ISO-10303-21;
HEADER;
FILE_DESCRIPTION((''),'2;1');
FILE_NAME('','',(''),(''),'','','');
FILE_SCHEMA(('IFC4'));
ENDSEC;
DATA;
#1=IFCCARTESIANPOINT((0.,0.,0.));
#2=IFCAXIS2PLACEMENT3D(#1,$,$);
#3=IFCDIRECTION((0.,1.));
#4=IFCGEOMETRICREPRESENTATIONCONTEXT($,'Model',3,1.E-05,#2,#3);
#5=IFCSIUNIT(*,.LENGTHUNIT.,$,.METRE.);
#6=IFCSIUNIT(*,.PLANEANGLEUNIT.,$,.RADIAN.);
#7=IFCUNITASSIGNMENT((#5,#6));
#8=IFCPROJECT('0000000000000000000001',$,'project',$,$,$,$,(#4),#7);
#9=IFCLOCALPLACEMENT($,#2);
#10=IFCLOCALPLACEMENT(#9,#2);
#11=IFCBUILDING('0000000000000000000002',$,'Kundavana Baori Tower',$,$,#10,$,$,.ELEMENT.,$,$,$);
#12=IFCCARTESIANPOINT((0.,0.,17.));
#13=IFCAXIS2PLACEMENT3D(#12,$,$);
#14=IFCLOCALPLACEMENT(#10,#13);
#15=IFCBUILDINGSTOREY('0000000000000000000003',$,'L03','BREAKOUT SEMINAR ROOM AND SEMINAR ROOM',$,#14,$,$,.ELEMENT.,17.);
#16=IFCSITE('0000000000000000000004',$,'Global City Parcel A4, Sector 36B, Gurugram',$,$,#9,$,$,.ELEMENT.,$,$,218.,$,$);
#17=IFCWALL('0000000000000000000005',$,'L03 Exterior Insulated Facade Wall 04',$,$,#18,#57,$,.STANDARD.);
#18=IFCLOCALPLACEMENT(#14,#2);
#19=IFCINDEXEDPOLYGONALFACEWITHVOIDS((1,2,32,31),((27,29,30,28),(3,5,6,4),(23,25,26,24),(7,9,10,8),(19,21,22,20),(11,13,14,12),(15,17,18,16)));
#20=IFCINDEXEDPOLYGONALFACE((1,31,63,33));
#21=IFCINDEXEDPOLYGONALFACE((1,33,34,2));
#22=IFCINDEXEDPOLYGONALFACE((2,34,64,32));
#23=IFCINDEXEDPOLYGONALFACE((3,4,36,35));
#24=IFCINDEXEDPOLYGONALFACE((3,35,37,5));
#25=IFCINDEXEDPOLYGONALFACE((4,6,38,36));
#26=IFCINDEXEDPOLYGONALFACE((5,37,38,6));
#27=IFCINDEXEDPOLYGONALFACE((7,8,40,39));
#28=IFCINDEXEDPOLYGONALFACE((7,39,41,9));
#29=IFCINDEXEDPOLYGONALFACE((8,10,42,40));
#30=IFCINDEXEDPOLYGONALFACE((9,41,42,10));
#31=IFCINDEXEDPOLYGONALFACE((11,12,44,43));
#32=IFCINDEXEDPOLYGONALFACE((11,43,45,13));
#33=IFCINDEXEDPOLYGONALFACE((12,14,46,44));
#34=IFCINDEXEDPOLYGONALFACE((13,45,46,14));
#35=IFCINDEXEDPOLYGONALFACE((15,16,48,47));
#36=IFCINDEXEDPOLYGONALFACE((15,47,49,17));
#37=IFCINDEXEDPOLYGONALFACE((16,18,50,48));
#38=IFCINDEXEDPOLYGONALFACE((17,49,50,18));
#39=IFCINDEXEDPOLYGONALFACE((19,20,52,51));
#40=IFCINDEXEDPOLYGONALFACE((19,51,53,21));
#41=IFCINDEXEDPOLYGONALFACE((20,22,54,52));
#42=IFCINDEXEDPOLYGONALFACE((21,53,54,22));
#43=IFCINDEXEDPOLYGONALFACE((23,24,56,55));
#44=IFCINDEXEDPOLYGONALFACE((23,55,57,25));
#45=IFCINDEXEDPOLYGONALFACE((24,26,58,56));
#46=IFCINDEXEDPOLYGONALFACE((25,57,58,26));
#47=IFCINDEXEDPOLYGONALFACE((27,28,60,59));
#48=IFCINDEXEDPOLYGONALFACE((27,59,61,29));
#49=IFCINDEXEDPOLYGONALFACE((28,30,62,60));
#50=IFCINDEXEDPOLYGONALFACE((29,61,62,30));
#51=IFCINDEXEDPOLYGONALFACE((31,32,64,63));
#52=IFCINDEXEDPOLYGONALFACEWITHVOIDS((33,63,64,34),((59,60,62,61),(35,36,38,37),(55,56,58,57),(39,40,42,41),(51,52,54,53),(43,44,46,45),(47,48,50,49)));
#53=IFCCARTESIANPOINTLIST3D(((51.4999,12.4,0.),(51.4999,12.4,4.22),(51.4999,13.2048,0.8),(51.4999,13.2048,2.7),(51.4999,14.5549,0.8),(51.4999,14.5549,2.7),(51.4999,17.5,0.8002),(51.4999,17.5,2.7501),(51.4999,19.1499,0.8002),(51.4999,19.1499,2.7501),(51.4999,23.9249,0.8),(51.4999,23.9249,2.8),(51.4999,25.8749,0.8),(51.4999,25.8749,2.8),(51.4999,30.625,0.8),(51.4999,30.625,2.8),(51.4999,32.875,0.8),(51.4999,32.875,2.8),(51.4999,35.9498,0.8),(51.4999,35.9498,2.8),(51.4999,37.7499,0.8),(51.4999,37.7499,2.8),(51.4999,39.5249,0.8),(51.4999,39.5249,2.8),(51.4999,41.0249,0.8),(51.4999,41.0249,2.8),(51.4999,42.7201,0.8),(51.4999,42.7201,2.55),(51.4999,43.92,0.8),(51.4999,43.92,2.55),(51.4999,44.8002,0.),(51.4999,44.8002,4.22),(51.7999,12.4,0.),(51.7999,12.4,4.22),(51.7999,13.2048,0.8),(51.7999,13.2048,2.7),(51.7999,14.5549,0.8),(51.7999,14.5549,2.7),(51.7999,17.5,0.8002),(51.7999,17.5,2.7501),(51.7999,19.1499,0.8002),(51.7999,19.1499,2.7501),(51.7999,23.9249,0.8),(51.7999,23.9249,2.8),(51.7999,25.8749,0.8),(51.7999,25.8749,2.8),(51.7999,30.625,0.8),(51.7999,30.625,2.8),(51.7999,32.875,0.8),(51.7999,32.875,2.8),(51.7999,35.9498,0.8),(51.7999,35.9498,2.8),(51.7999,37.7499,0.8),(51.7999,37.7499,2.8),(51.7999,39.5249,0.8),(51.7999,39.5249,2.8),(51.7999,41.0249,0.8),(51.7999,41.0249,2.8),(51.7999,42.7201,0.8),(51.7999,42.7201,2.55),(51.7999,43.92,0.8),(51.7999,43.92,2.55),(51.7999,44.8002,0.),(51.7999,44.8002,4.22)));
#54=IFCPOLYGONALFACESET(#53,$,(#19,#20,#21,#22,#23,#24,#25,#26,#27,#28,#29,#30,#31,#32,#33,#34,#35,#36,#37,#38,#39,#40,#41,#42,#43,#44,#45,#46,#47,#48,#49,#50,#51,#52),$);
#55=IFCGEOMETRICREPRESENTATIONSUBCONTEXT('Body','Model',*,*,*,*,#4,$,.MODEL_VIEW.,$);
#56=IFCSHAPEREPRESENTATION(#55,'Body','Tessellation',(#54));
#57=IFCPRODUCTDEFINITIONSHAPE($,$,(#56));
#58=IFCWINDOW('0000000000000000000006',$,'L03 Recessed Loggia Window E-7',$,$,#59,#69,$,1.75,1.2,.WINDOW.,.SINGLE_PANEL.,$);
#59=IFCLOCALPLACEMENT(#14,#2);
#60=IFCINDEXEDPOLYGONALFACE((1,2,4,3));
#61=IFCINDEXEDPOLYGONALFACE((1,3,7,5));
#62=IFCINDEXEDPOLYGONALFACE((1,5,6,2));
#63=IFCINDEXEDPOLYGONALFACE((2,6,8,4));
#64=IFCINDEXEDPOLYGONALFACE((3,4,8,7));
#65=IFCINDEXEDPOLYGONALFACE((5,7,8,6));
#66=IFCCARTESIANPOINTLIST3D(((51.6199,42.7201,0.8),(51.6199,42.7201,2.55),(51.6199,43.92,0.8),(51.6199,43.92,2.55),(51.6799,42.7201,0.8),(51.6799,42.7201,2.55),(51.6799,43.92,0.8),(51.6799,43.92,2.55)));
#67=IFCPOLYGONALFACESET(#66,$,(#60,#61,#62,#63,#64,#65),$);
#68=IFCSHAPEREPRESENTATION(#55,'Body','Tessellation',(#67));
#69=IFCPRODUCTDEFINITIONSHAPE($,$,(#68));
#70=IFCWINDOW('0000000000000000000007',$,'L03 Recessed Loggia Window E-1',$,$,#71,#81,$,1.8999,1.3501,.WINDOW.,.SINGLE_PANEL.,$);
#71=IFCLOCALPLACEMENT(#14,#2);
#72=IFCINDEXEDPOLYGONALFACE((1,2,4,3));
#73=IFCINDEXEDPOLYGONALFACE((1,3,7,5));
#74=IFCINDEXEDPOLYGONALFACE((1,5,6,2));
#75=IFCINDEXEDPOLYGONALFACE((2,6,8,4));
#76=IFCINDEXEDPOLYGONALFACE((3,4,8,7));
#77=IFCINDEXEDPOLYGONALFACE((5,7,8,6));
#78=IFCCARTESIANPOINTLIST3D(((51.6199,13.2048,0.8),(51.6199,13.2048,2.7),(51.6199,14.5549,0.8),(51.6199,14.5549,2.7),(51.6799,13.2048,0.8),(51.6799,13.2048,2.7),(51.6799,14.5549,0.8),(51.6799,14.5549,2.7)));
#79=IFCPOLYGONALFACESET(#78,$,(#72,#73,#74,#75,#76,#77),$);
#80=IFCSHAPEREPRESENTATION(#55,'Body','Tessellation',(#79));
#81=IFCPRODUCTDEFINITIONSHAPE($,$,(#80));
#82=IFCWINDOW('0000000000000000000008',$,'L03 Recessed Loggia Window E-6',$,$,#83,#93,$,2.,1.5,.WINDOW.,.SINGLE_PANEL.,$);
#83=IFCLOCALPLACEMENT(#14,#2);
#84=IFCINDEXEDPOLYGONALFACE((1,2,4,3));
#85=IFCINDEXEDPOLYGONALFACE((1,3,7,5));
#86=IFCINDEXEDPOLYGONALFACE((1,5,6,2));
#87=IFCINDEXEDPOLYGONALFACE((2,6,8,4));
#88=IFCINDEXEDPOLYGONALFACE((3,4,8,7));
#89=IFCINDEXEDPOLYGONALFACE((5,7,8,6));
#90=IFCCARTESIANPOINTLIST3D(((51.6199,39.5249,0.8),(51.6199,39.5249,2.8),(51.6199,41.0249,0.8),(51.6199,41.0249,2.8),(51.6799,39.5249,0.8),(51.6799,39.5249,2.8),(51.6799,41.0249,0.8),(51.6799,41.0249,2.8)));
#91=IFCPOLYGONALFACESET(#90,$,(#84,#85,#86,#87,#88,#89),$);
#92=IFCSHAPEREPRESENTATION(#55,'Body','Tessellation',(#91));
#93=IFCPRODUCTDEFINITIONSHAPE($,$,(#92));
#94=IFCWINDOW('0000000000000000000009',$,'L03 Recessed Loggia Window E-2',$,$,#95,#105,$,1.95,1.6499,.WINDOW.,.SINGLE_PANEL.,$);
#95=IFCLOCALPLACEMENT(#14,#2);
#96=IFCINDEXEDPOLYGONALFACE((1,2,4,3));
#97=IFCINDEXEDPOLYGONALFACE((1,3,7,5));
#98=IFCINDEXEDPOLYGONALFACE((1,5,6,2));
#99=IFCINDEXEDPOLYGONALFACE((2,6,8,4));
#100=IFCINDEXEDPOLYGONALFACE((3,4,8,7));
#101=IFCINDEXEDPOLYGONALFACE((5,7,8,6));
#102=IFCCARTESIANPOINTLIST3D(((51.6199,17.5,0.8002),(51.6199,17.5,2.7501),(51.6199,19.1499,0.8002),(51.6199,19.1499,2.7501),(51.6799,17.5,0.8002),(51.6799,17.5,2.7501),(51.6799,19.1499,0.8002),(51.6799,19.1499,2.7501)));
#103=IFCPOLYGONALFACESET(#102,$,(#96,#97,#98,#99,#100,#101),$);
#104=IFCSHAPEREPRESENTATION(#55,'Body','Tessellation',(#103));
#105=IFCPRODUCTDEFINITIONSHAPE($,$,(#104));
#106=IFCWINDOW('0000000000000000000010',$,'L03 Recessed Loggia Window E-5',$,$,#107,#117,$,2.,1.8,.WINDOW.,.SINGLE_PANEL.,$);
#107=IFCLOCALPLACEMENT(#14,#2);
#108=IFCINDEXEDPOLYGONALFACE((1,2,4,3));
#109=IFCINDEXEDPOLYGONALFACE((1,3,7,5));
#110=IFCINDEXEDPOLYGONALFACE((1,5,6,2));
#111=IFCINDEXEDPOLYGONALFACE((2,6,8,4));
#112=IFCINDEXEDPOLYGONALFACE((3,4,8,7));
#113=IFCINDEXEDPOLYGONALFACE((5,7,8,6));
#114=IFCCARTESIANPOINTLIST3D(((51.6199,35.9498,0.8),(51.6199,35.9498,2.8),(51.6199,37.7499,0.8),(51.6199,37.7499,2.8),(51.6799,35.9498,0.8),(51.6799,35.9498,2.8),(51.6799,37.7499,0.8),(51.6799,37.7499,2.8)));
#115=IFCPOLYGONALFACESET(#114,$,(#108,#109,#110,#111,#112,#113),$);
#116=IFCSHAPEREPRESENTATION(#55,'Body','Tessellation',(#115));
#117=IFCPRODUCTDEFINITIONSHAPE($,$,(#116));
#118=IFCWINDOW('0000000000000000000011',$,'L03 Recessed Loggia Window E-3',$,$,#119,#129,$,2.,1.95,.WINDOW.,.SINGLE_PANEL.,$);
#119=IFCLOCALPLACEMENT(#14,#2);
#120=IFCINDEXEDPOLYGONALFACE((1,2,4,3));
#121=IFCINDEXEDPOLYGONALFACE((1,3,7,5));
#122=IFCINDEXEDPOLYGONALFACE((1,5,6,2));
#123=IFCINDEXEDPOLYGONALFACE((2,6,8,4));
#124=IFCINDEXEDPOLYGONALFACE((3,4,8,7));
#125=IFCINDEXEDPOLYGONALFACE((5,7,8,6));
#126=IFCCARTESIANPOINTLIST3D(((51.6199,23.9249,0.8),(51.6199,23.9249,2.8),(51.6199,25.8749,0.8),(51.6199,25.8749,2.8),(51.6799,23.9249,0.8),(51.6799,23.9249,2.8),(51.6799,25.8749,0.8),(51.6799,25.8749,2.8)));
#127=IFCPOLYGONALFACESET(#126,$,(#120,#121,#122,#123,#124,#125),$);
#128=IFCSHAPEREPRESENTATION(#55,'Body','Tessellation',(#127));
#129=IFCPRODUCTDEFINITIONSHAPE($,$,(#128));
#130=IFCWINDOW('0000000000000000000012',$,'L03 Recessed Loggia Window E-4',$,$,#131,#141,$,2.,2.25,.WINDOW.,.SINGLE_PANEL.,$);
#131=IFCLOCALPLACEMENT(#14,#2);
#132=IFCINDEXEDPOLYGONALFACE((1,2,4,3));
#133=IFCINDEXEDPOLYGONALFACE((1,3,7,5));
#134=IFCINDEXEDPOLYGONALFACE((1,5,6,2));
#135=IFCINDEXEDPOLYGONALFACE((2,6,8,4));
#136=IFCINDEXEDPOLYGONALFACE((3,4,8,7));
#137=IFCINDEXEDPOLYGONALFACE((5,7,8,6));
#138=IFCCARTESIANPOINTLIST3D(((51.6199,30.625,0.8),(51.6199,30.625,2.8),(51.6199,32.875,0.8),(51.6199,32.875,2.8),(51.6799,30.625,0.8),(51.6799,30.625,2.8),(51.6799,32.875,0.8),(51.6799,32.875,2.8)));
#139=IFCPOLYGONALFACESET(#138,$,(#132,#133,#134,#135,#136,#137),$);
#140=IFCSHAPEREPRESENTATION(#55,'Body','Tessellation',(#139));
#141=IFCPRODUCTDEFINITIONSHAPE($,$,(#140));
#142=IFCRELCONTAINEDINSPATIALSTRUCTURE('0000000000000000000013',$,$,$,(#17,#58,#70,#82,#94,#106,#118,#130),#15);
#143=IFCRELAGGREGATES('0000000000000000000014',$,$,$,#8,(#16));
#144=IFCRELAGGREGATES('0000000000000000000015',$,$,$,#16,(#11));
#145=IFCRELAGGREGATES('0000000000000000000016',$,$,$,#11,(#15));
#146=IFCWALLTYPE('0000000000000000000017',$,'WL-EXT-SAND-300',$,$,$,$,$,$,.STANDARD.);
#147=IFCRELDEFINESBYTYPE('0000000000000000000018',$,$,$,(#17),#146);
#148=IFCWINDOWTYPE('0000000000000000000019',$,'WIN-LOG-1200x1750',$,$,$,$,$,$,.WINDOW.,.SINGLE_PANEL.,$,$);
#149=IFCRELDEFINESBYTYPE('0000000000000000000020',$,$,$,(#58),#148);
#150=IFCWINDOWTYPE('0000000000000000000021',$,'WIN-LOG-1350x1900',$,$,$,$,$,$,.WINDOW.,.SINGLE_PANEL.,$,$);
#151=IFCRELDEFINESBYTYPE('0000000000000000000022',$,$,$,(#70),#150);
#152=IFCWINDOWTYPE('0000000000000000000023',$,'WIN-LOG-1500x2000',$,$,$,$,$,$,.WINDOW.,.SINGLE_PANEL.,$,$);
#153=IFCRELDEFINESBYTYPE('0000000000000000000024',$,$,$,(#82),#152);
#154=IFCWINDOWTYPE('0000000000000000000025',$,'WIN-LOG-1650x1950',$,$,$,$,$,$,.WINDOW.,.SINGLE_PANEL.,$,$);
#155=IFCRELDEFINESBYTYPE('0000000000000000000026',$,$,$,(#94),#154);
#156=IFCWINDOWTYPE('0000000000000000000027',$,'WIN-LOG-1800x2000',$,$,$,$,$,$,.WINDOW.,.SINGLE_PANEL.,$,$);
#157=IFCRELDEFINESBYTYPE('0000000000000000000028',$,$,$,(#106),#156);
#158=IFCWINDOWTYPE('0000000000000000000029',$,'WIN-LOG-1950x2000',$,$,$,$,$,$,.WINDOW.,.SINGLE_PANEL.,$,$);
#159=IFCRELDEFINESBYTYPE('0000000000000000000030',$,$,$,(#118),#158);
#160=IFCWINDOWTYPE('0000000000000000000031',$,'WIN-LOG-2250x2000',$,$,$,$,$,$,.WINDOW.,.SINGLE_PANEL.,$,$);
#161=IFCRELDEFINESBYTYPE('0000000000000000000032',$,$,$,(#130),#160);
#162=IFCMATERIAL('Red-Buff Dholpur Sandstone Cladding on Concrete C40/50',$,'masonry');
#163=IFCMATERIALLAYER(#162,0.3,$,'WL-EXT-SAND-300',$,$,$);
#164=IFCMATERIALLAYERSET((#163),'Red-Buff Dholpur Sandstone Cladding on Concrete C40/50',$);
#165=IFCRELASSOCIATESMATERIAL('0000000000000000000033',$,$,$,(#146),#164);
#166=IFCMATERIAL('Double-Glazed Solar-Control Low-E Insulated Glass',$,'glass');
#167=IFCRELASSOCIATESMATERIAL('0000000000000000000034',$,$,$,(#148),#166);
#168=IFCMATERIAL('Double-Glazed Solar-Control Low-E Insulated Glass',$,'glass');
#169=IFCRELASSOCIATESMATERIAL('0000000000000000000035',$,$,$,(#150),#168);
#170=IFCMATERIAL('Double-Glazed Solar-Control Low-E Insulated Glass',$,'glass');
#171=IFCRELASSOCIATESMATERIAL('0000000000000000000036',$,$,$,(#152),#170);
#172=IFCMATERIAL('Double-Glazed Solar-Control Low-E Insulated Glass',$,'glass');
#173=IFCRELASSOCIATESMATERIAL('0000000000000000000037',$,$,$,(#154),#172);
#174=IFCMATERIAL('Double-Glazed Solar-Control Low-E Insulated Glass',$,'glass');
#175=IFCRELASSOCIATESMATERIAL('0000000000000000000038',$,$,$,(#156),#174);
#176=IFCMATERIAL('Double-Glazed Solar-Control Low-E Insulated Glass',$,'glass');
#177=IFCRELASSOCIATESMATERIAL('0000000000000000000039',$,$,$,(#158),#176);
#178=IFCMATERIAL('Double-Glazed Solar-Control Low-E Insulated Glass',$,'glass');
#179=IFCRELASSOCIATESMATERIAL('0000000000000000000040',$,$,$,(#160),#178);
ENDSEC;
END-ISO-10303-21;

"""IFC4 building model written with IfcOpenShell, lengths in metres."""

from ifc_helpers import new_model, si_unit, direction, frame, frame_2d, origin, place, context, subcontext, project, spatial, rectangle, extrude, material, layer, layer_set, type_object, element, fill, save


model = new_model("IFC4")

# Units and contexts
model_context = context("Model", 3, precision=1e-05, world=origin(), true_north=direction((0.0, 1.0)))
body_context = subcontext(model_context, "Body", "Model", "MODEL_VIEW")
ifc_project = project(units=[si_unit("LENGTHUNIT", "METRE"), si_unit("PLANEANGLEUNIT", "RADIAN")], contexts=[model_context])

# Site, building, storey
site_placement = place(None, origin())
site = spatial("IfcSite", under=ifc_project, at=site_placement, Name="Global City Parcel A4, Sector 36B, Gurugram", CompositionType="ELEMENT", RefElevation=218.0)
building_placement = place(site_placement, origin())
building = spatial("IfcBuilding", under=site, at=building_placement, Name="Kundavana Baori Tower", CompositionType="ELEMENT")
storey_placement = place(building_placement, frame((0.0, 0.0, 17.0)))
storey = spatial("IfcBuildingStorey", under=building, at=storey_placement, Name="L03", Description="BREAKOUT SEMINAR ROOM AND SEMINAR ROOM", CompositionType="ELEMENT", Elevation=17.0)

# Shared definitions
ifc_material_1 = material(Name="Red-Buff Dholpur Sandstone Cladding on Concrete C40/50", Category="masonry")
ifc_layer_1 = layer(ifc_material_1, 0.3, Name="WL-EXT-SAND-300")
ifc_layer_set_1 = layer_set([ifc_layer_1], Name="Red-Buff Dholpur Sandstone Cladding on Concrete C40/50")
wall_type_1 = type_object("IfcWallType", Name="WL-EXT-SAND-300", PredefinedType="STANDARD", material=ifc_layer_set_1)

# Wall, openings, windows
wall_1_placement = place(storey_placement, frame((51.6499, 12.3999, 0.0), z_axis=(0.0, 0.0, 1.0), x_axis=(0.0, 1.0, 0.0)))
wall_1 = element("IfcWall", 1, at=wall_1_placement, inside=storey, type_object=wall_type_1, Name="L03 Exterior Insulated Facade Wall 04", PredefinedType="STANDARD", context=body_context, shape_type="SweptSolid", body=[
    extrude(rectangle(XDim=32.4001, YDim=0.3, at=frame_2d((16.2002, 0.0))), origin(), (0.0, 0.0, 1.0), 4.22),
])
opening_1_placement = place(wall_1_placement, frame((0.8049, 0.0, 0.8)))
opening_1 = element("IfcOpeningElement", 2, at=opening_1_placement, cuts=wall_1, PredefinedType="OPENING", context=body_context, shape_type="SweptSolid", body=[
    extrude(rectangle(XDim=1.3501, YDim=1.8999, at=frame_2d((0.675, 0.95))), frame((0.0, 0.1602, 0.0), z_axis=(0.0, -1.0, 0.0), x_axis=(1.0, 0.0, 0.0)), (0.0, 0.0, 1.0), 0.3201),
])
opening_2_placement = place(wall_1_placement, frame((5.1001, 0.0, 0.8)))
opening_2 = element("IfcOpeningElement", 3, at=opening_2_placement, cuts=wall_1, PredefinedType="OPENING", context=body_context, shape_type="SweptSolid", body=[
    extrude(rectangle(XDim=1.6499, YDim=1.95, at=frame_2d((0.825, 0.9751))), frame((0.0, 0.1602, 0.0), z_axis=(0.0, -1.0, 0.0), x_axis=(1.0, 0.0, 0.0)), (0.0, 0.0, 1.0), 0.3201),
])
opening_3_placement = place(wall_1_placement, frame((11.5249, 0.0, 0.8)))
opening_3 = element("IfcOpeningElement", 4, at=opening_3_placement, cuts=wall_1, PredefinedType="OPENING", context=body_context, shape_type="SweptSolid", body=[
    extrude(rectangle(XDim=1.95, YDim=2.0, at=frame_2d((0.9751, 1.0))), frame((0.0, 0.1602, 0.0), z_axis=(0.0, -1.0, 0.0), x_axis=(1.0, 0.0, 0.0)), (0.0, 0.0, 1.0), 0.3201),
])
opening_4_placement = place(wall_1_placement, frame((18.2251, 0.0, 0.8)))
opening_4 = element("IfcOpeningElement", 5, at=opening_4_placement, cuts=wall_1, PredefinedType="OPENING", context=body_context, shape_type="SweptSolid", body=[
    extrude(rectangle(XDim=2.25, YDim=2.0, at=frame_2d((1.125, 1.0))), frame((0.0, 0.1602, 0.0), z_axis=(0.0, -1.0, 0.0), x_axis=(1.0, 0.0, 0.0)), (0.0, 0.0, 1.0), 0.3201),
])
opening_5_placement = place(wall_1_placement, frame((23.55, 0.0, 0.8)))
opening_5 = element("IfcOpeningElement", 6, at=opening_5_placement, cuts=wall_1, PredefinedType="OPENING", context=body_context, shape_type="SweptSolid", body=[
    extrude(rectangle(XDim=1.8, YDim=2.0, at=frame_2d((0.8999, 1.0))), frame((0.0, 0.1602, 0.0), z_axis=(0.0, -1.0, 0.0), x_axis=(1.0, 0.0, 0.0)), (0.0, 0.0, 1.0), 0.3201),
])
opening_6_placement = place(wall_1_placement, frame((27.125, 0.0, 0.8)))
opening_6 = element("IfcOpeningElement", 7, at=opening_6_placement, cuts=wall_1, PredefinedType="OPENING", context=body_context, shape_type="SweptSolid", body=[
    extrude(rectangle(XDim=1.5, YDim=2.0, at=frame_2d((0.75, 1.0))), frame((0.0, 0.1602, 0.0), z_axis=(0.0, -1.0, 0.0), x_axis=(1.0, 0.0, 0.0)), (0.0, 0.0, 1.0), 0.3201),
])
opening_7_placement = place(wall_1_placement, frame((30.3201, 0.0, 0.8)))
opening_7 = element("IfcOpeningElement", 8, at=opening_7_placement, cuts=wall_1, PredefinedType="OPENING", context=body_context, shape_type="SweptSolid", body=[
    extrude(rectangle(XDim=1.2, YDim=1.75, at=frame_2d((0.6001, 0.875))), frame((0.0, 0.1602, 0.0), z_axis=(0.0, -1.0, 0.0), x_axis=(1.0, 0.0, 0.0)), (0.0, 0.0, 1.0), 0.3201),
])
ifc_material_2 = material(Name="Double-Glazed Solar-Control Low-E Insulated Glass", Category="glass")
window_type_1 = type_object("IfcWindowType", Name="WIN-LOG-1200x1750", PartitioningType="SINGLE_PANEL", PredefinedType="WINDOW", material=ifc_material_2)
window_1_placement = place(opening_7_placement, origin())
window_1 = element("IfcWindow", 9, at=window_1_placement, inside=storey, type_object=window_type_1, Name="L03 Recessed Loggia Window E-7", OverallHeight=1.75, OverallWidth=1.2, PartitioningType="SINGLE_PANEL", PredefinedType="WINDOW", context=body_context, shape_type="SweptSolid", body=[
    extrude(rectangle(XDim=1.2, YDim=1.75, at=frame_2d((0.6001, 0.875))), frame((0.0, 0.03, 0.0), z_axis=(0.0, -1.0, 0.0), x_axis=(1.0, 0.0, 0.0)), (0.0, 0.0, 1.0), 0.0601),
])
fill(opening_7, window_1)
ifc_material_3 = material(Name="Double-Glazed Solar-Control Low-E Insulated Glass", Category="glass")
window_type_2 = type_object("IfcWindowType", Name="WIN-LOG-1350x1900", PartitioningType="SINGLE_PANEL", PredefinedType="WINDOW", material=ifc_material_3)
window_2_placement = place(opening_1_placement, origin())
window_2 = element("IfcWindow", 10, at=window_2_placement, inside=storey, type_object=window_type_2, Name="L03 Recessed Loggia Window E-1", OverallHeight=1.8999, OverallWidth=1.3501, PartitioningType="SINGLE_PANEL", PredefinedType="WINDOW", context=body_context, shape_type="SweptSolid", body=[
    extrude(rectangle(XDim=1.3501, YDim=1.8999, at=frame_2d((0.675, 0.95))), frame((0.0, 0.03, 0.0), z_axis=(0.0, -1.0, 0.0), x_axis=(1.0, 0.0, 0.0)), (0.0, 0.0, 1.0), 0.0601),
])
fill(opening_1, window_2)
ifc_material_4 = material(Name="Double-Glazed Solar-Control Low-E Insulated Glass", Category="glass")
window_type_3 = type_object("IfcWindowType", Name="WIN-LOG-1500x2000", PartitioningType="SINGLE_PANEL", PredefinedType="WINDOW", material=ifc_material_4)
window_3_placement = place(opening_6_placement, origin())
window_3 = element("IfcWindow", 11, at=window_3_placement, inside=storey, type_object=window_type_3, Name="L03 Recessed Loggia Window E-6", OverallHeight=2.0, OverallWidth=1.5, PartitioningType="SINGLE_PANEL", PredefinedType="WINDOW", context=body_context, shape_type="SweptSolid", body=[
    extrude(rectangle(XDim=1.5, YDim=2.0, at=frame_2d((0.75, 1.0))), frame((0.0, 0.03, 0.0), z_axis=(0.0, -1.0, 0.0), x_axis=(1.0, 0.0, 0.0)), (0.0, 0.0, 1.0), 0.0601),
])
fill(opening_6, window_3)
ifc_material_5 = material(Name="Double-Glazed Solar-Control Low-E Insulated Glass", Category="glass")
window_type_4 = type_object("IfcWindowType", Name="WIN-LOG-1650x1950", PartitioningType="SINGLE_PANEL", PredefinedType="WINDOW", material=ifc_material_5)
window_4_placement = place(opening_2_placement, origin())
window_4 = element("IfcWindow", 12, at=window_4_placement, inside=storey, type_object=window_type_4, Name="L03 Recessed Loggia Window E-2", OverallHeight=1.95, OverallWidth=1.6499, PartitioningType="SINGLE_PANEL", PredefinedType="WINDOW", context=body_context, shape_type="SweptSolid", body=[
    extrude(rectangle(XDim=1.6499, YDim=1.95, at=frame_2d((0.825, 0.9751))), frame((0.0, 0.03, 0.0), z_axis=(0.0, -1.0, 0.0), x_axis=(1.0, 0.0, 0.0)), (0.0, 0.0, 1.0), 0.0601),
])
fill(opening_2, window_4)
ifc_material_6 = material(Name="Double-Glazed Solar-Control Low-E Insulated Glass", Category="glass")
window_type_5 = type_object("IfcWindowType", Name="WIN-LOG-1800x2000", PartitioningType="SINGLE_PANEL", PredefinedType="WINDOW", material=ifc_material_6)
window_5_placement = place(opening_5_placement, origin())
window_5 = element("IfcWindow", 13, at=window_5_placement, inside=storey, type_object=window_type_5, Name="L03 Recessed Loggia Window E-5", OverallHeight=2.0, OverallWidth=1.8, PartitioningType="SINGLE_PANEL", PredefinedType="WINDOW", context=body_context, shape_type="SweptSolid", body=[
    extrude(rectangle(XDim=1.8, YDim=2.0, at=frame_2d((0.8999, 1.0))), frame((0.0, 0.03, 0.0), z_axis=(0.0, -1.0, 0.0), x_axis=(1.0, 0.0, 0.0)), (0.0, 0.0, 1.0), 0.0601),
])
fill(opening_5, window_5)
ifc_material_7 = material(Name="Double-Glazed Solar-Control Low-E Insulated Glass", Category="glass")
window_type_6 = type_object("IfcWindowType", Name="WIN-LOG-1950x2000", PartitioningType="SINGLE_PANEL", PredefinedType="WINDOW", material=ifc_material_7)
window_6_placement = place(opening_3_placement, origin())
window_6 = element("IfcWindow", 14, at=window_6_placement, inside=storey, type_object=window_type_6, Name="L03 Recessed Loggia Window E-3", OverallHeight=2.0, OverallWidth=1.95, PartitioningType="SINGLE_PANEL", PredefinedType="WINDOW", context=body_context, shape_type="SweptSolid", body=[
    extrude(rectangle(XDim=1.95, YDim=2.0, at=frame_2d((0.9751, 1.0))), frame((0.0, 0.03, 0.0), z_axis=(0.0, -1.0, 0.0), x_axis=(1.0, 0.0, 0.0)), (0.0, 0.0, 1.0), 0.0601),
])
fill(opening_3, window_6)
ifc_material_8 = material(Name="Double-Glazed Solar-Control Low-E Insulated Glass", Category="glass")
window_type_7 = type_object("IfcWindowType", Name="WIN-LOG-2250x2000", PartitioningType="SINGLE_PANEL", PredefinedType="WINDOW", material=ifc_material_8)
window_7_placement = place(opening_4_placement, origin())
window_7 = element("IfcWindow", 15, at=window_7_placement, inside=storey, type_object=window_type_7, Name="L03 Recessed Loggia Window E-4", OverallHeight=2.0, OverallWidth=2.25, PartitioningType="SINGLE_PANEL", PredefinedType="WINDOW", context=body_context, shape_type="SweptSolid", body=[
    extrude(rectangle(XDim=2.25, YDim=2.0, at=frame_2d((1.125, 1.0))), frame((0.0, 0.03, 0.0), z_axis=(0.0, -1.0, 0.0), x_axis=(1.0, 0.0, 0.0)), (0.0, 0.0, 1.0), 0.0601),
])
fill(opening_4, window_7)

save(model, "model.ifc")
